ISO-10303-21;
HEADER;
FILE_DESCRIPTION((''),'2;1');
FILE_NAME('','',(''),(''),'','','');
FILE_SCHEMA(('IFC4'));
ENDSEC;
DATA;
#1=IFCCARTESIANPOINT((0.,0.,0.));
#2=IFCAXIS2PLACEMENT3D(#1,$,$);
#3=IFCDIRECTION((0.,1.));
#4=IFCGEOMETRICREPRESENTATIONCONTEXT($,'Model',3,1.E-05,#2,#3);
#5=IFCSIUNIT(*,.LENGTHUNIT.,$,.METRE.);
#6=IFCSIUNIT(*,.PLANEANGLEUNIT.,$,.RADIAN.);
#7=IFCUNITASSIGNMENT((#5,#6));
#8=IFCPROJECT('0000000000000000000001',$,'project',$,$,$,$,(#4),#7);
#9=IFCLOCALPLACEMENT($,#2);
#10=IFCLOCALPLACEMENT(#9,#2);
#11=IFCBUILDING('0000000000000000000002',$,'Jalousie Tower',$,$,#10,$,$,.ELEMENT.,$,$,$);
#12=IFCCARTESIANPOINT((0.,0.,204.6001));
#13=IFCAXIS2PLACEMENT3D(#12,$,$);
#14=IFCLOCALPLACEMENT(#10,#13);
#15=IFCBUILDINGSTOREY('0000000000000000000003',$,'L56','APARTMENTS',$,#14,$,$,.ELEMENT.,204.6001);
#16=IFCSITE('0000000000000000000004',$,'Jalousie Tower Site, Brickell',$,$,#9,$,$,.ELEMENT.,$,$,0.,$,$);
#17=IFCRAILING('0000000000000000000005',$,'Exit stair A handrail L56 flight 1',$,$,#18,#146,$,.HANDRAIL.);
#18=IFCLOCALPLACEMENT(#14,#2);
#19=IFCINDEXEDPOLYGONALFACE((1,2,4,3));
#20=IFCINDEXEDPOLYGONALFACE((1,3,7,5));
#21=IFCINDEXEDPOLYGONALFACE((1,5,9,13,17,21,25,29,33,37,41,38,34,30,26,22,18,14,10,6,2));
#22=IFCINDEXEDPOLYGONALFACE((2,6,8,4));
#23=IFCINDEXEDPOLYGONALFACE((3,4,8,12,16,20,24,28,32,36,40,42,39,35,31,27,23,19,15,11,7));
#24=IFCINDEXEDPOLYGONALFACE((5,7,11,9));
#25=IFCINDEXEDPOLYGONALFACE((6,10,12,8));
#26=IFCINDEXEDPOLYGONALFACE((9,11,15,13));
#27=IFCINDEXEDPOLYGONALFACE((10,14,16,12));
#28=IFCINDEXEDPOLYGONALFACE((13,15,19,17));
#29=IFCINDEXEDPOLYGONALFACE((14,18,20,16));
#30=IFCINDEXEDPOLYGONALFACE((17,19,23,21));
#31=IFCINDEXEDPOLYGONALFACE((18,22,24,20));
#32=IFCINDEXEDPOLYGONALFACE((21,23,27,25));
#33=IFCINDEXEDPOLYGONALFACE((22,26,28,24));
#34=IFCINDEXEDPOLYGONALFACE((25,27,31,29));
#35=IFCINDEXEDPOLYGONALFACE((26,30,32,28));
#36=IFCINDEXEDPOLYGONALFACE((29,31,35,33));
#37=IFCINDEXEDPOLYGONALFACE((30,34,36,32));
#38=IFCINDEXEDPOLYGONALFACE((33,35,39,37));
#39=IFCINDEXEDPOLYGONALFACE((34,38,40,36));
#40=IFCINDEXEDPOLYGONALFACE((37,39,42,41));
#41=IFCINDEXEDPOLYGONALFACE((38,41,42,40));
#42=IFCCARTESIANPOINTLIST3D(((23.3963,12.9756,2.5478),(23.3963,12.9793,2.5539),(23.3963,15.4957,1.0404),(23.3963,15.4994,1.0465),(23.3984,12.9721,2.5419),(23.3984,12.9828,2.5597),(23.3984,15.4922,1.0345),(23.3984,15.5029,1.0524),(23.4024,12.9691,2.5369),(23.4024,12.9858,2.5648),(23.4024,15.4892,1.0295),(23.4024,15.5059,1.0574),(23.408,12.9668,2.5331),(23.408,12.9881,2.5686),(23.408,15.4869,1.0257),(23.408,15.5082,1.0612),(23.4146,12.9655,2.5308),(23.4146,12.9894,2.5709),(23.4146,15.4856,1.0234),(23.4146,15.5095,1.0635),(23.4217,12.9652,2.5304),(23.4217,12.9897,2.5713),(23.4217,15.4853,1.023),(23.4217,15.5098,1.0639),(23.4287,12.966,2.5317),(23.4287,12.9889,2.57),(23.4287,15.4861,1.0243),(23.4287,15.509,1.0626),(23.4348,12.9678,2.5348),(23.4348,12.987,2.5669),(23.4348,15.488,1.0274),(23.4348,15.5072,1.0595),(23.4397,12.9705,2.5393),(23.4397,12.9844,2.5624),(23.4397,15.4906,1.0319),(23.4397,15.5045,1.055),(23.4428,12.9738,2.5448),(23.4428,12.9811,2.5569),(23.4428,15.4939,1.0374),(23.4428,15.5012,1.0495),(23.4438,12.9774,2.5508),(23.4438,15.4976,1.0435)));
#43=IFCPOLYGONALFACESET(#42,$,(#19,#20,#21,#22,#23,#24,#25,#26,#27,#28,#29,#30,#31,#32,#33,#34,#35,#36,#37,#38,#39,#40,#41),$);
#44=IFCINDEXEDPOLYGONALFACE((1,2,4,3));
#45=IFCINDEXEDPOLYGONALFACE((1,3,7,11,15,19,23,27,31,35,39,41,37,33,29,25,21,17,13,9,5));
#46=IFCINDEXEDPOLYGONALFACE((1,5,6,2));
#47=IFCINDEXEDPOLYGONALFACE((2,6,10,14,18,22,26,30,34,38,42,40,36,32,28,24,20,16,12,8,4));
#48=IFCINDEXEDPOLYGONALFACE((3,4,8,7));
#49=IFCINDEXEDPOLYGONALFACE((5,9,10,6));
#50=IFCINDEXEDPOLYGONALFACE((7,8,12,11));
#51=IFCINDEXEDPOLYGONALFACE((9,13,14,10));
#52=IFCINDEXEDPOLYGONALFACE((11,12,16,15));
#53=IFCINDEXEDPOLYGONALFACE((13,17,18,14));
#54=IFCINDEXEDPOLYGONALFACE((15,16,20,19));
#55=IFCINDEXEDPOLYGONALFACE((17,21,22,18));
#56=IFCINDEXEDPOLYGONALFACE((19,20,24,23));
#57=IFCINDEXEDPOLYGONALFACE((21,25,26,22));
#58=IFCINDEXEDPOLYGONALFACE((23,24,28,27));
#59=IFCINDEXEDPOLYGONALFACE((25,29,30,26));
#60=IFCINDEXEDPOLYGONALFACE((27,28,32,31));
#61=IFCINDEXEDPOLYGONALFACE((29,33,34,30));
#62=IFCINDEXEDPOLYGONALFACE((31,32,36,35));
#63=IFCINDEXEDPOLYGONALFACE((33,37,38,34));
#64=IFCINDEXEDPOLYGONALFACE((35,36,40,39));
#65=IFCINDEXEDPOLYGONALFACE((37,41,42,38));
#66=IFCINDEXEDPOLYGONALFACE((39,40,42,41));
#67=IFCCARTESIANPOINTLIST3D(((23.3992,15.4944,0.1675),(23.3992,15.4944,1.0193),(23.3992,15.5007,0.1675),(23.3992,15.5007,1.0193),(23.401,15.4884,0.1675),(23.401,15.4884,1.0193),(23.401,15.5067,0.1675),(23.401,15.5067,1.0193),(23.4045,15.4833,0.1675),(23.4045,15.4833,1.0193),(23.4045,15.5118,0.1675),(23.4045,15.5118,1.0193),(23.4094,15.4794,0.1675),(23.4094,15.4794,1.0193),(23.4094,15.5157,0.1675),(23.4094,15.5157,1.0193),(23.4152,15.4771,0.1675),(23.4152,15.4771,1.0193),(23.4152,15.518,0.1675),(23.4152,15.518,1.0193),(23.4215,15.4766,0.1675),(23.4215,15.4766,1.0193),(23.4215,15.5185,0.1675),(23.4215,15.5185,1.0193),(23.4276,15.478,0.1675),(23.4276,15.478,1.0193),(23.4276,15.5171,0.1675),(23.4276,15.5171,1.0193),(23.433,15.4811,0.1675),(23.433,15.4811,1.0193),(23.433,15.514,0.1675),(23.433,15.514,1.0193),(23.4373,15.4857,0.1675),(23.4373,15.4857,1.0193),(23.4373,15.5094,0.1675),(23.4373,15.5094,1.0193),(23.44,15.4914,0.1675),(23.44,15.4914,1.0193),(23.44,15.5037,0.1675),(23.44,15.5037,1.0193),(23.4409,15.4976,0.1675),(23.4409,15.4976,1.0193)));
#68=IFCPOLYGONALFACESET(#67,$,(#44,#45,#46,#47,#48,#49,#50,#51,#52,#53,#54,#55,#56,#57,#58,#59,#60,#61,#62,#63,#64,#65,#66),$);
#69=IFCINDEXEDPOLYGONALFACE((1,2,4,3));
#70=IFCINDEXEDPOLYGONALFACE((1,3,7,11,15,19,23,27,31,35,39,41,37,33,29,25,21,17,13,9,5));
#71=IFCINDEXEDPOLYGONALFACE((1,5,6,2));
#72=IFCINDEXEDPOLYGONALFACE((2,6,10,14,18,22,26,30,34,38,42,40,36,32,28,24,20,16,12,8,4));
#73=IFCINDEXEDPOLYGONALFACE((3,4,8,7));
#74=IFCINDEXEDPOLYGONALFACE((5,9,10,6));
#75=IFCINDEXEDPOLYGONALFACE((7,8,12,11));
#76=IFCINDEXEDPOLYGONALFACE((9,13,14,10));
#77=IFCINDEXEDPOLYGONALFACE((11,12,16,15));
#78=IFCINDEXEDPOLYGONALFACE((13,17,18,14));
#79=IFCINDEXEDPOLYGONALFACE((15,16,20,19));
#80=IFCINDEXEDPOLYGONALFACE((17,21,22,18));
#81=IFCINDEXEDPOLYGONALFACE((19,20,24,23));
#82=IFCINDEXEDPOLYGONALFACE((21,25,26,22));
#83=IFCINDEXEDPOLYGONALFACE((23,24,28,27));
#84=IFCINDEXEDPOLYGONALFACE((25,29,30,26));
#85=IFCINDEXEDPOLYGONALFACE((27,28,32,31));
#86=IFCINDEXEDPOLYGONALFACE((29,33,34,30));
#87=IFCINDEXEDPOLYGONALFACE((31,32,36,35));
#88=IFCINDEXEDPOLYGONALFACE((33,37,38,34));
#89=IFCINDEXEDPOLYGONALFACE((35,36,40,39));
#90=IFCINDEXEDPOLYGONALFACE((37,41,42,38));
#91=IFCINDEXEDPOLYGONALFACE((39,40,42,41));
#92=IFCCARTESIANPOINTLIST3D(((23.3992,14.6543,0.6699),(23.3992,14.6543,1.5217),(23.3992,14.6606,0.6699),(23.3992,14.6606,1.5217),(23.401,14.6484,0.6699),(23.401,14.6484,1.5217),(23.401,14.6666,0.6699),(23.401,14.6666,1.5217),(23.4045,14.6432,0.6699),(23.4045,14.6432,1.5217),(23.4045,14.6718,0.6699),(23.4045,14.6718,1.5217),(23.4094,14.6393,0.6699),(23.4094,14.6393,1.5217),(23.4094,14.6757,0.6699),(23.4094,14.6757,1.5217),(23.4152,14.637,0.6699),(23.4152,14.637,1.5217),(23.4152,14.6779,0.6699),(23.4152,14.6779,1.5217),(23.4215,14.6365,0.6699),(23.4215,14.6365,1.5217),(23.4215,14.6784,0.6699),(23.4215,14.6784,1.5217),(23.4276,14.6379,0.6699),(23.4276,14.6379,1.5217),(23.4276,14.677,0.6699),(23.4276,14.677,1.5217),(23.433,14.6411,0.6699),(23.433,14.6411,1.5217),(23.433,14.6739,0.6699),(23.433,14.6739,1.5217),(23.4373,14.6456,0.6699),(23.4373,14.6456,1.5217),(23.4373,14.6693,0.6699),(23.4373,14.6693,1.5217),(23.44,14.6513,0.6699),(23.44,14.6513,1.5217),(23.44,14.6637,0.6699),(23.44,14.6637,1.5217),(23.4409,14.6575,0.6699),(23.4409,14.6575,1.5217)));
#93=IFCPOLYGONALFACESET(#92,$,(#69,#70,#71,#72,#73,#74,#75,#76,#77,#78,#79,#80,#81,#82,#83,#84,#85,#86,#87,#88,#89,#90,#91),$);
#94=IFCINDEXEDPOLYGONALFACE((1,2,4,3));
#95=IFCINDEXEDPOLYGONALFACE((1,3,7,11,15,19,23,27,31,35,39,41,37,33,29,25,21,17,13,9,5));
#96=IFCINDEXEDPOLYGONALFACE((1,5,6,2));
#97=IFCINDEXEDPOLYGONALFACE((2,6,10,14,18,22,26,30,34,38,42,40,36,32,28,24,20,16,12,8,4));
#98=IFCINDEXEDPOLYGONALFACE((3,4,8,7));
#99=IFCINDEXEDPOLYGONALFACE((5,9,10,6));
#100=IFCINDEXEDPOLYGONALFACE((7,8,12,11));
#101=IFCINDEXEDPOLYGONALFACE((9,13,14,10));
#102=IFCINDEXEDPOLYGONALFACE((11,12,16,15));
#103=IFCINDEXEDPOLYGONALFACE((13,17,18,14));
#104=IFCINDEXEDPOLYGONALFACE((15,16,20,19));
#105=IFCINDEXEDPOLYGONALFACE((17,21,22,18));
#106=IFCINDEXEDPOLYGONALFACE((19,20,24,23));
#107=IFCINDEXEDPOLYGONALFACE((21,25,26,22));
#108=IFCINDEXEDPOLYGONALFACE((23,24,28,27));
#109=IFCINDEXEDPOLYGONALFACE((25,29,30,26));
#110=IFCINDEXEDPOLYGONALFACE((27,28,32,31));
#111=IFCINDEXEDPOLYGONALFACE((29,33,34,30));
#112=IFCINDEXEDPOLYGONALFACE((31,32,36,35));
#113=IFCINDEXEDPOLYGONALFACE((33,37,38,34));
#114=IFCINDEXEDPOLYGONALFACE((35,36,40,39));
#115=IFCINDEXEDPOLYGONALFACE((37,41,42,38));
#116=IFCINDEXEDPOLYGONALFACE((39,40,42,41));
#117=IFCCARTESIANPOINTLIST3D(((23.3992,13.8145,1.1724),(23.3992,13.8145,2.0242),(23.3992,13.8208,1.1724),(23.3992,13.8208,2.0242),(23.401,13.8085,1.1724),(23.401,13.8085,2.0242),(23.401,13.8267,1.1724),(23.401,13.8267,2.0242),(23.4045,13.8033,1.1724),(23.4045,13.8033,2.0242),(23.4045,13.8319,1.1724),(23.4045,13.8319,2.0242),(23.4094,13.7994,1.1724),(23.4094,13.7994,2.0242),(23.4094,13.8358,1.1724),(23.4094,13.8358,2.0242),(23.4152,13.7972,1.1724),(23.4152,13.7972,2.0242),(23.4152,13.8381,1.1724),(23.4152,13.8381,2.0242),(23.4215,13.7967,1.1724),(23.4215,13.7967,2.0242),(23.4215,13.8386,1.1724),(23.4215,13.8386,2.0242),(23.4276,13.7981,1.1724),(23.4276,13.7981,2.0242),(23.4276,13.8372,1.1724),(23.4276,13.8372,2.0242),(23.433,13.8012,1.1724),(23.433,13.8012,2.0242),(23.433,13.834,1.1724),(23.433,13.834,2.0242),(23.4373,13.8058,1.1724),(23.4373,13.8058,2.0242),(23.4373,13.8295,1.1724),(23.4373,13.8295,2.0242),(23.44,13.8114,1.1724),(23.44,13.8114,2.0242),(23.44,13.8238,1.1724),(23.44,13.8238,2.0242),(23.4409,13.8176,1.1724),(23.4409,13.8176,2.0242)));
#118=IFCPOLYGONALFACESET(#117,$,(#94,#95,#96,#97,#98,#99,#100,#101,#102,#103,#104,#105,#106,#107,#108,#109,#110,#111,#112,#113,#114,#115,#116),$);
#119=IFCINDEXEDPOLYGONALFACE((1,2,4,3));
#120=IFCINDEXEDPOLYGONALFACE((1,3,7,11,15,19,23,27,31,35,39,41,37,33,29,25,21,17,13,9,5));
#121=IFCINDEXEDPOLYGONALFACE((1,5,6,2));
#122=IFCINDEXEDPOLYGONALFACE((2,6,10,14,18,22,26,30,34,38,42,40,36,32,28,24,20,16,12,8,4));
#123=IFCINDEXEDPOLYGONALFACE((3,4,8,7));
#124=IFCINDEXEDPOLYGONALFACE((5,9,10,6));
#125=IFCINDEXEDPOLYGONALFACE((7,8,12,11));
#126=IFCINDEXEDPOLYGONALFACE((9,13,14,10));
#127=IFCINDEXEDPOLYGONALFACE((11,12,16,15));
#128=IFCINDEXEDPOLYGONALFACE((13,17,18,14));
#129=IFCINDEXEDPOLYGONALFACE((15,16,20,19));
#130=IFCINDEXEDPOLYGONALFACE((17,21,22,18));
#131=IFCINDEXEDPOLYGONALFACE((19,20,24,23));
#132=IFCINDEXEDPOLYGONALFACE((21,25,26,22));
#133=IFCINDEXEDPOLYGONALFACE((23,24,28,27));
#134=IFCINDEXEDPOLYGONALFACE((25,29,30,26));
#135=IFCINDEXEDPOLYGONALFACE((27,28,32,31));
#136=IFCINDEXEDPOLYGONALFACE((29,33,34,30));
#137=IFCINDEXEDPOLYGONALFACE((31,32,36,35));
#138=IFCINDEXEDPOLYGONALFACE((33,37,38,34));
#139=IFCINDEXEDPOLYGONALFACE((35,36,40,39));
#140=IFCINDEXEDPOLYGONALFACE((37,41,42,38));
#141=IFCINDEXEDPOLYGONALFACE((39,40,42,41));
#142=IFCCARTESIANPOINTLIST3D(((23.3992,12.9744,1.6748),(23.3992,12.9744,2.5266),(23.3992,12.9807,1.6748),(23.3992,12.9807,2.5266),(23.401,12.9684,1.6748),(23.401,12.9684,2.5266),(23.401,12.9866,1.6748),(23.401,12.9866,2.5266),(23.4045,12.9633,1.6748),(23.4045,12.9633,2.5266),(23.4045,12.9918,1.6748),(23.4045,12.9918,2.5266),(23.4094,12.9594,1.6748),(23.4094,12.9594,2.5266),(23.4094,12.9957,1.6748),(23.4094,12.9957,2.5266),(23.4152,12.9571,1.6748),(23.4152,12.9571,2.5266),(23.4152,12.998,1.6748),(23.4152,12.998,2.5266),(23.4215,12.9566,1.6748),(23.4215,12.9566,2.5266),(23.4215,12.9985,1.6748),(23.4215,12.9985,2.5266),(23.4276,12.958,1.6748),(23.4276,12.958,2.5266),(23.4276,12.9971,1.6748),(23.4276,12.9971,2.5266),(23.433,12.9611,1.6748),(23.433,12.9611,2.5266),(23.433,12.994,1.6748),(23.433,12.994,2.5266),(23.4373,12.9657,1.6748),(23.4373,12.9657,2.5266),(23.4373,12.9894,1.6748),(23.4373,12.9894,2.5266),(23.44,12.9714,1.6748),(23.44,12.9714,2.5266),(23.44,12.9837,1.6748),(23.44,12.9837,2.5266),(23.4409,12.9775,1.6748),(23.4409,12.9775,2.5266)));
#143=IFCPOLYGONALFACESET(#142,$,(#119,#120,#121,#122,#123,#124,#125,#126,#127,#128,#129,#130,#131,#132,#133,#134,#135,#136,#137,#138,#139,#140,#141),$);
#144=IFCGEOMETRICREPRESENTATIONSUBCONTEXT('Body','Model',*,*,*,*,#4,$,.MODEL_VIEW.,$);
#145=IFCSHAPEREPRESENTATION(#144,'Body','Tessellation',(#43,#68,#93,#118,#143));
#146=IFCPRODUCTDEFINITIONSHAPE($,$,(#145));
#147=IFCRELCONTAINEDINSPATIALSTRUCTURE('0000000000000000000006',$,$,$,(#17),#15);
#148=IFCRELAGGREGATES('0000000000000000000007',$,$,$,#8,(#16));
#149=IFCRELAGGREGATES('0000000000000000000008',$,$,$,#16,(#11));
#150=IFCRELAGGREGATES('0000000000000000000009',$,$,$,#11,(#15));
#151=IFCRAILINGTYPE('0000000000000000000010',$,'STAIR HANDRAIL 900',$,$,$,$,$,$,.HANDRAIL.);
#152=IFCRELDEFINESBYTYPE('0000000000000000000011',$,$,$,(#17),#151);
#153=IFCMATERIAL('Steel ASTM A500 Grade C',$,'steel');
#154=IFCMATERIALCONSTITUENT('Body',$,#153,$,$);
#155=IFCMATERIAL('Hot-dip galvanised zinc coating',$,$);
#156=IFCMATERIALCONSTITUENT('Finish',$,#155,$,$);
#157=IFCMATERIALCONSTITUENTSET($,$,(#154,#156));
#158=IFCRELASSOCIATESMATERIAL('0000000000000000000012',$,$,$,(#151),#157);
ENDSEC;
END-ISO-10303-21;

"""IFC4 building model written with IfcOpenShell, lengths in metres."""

from ifc_helpers import new_model, si_unit, direction, frame, origin, origin_2d, place, context, subcontext, project, spatial, circle, extrude, material, constituent, constituent_set, type_object, element, save


model = new_model("IFC4")

# Units and contexts
model_context = context("Model", 3, precision=1e-05, world=origin(), true_north=direction((0.0, 1.0)))
body_context = subcontext(model_context, "Body", "Model", "MODEL_VIEW")
ifc_project = project(units=[si_unit("LENGTHUNIT", "METRE"), si_unit("PLANEANGLEUNIT", "RADIAN")], contexts=[model_context])

# Site, building, storey
site_placement = place(None, origin())
site = spatial("IfcSite", under=ifc_project, at=site_placement, Name="Jalousie Tower Site, Brickell", CompositionType="ELEMENT", RefElevation=0.0)
building_placement = place(site_placement, origin())
building = spatial("IfcBuilding", under=site, at=building_placement, Name="Jalousie Tower", CompositionType="ELEMENT")
storey_placement = place(building_placement, frame((0.0, 0.0, 204.6001)))
storey = spatial("IfcBuildingStorey", under=building, at=storey_placement, Name="L56", Description="APARTMENTS", CompositionType="ELEMENT", Elevation=204.6001)

# Railing
ifc_material_1 = material(Name="Steel ASTM A500 Grade C", Category="steel")
ifc_constituent_1 = constituent(ifc_material_1, Name="Body")
ifc_material_2 = material(Name="Hot-dip galvanised zinc coating")
ifc_constituent_2 = constituent(ifc_material_2, Name="Finish")
ifc_constituent_set_1 = constituent_set(constituents=[ifc_constituent_1, ifc_constituent_2])
railing_type_1 = type_object("IfcRailingType", Name="STAIR HANDRAIL 900", PredefinedType="HANDRAIL", material=ifc_constituent_set_1)
railing_1_placement = place(storey_placement, frame((23.4199, 15.4976, 0.1675)))
element("IfcRailing", 1, at=railing_1_placement, inside=storey, type_object=railing_type_1, Name="Exit stair A handrail L56 flight 1", PredefinedType="HANDRAIL", context=body_context, shape_type="SweptSolid", body=[
    extrude(circle(Radius=0.0239, at=origin_2d()), frame((0.0, 0.0, 0.876), z_axis=(0.0, -0.858196, 0.513321), x_axis=(1.0, 0.0, 0.0)), (0.0, 0.0, 1.0), 2.9365),
    extrude(circle(Radius=0.021, at=origin_2d()), origin(), (0.0, 0.0, 1.0), 0.8518),
    extrude(circle(Radius=0.021, at=origin_2d()), frame((0.0, -0.8401, 0.5024)), (0.0, 0.0, 1.0), 0.8518),
    extrude(circle(Radius=0.021, at=origin_2d()), frame((0.0, -1.6799, 1.0049)), (0.0, 0.0, 1.0), 0.8518),
    extrude(circle(Radius=0.021, at=origin_2d()), frame((0.0, -2.52, 1.5073)), (0.0, 0.0, 1.0), 0.8518),
])

save(model, "model.ifc")
